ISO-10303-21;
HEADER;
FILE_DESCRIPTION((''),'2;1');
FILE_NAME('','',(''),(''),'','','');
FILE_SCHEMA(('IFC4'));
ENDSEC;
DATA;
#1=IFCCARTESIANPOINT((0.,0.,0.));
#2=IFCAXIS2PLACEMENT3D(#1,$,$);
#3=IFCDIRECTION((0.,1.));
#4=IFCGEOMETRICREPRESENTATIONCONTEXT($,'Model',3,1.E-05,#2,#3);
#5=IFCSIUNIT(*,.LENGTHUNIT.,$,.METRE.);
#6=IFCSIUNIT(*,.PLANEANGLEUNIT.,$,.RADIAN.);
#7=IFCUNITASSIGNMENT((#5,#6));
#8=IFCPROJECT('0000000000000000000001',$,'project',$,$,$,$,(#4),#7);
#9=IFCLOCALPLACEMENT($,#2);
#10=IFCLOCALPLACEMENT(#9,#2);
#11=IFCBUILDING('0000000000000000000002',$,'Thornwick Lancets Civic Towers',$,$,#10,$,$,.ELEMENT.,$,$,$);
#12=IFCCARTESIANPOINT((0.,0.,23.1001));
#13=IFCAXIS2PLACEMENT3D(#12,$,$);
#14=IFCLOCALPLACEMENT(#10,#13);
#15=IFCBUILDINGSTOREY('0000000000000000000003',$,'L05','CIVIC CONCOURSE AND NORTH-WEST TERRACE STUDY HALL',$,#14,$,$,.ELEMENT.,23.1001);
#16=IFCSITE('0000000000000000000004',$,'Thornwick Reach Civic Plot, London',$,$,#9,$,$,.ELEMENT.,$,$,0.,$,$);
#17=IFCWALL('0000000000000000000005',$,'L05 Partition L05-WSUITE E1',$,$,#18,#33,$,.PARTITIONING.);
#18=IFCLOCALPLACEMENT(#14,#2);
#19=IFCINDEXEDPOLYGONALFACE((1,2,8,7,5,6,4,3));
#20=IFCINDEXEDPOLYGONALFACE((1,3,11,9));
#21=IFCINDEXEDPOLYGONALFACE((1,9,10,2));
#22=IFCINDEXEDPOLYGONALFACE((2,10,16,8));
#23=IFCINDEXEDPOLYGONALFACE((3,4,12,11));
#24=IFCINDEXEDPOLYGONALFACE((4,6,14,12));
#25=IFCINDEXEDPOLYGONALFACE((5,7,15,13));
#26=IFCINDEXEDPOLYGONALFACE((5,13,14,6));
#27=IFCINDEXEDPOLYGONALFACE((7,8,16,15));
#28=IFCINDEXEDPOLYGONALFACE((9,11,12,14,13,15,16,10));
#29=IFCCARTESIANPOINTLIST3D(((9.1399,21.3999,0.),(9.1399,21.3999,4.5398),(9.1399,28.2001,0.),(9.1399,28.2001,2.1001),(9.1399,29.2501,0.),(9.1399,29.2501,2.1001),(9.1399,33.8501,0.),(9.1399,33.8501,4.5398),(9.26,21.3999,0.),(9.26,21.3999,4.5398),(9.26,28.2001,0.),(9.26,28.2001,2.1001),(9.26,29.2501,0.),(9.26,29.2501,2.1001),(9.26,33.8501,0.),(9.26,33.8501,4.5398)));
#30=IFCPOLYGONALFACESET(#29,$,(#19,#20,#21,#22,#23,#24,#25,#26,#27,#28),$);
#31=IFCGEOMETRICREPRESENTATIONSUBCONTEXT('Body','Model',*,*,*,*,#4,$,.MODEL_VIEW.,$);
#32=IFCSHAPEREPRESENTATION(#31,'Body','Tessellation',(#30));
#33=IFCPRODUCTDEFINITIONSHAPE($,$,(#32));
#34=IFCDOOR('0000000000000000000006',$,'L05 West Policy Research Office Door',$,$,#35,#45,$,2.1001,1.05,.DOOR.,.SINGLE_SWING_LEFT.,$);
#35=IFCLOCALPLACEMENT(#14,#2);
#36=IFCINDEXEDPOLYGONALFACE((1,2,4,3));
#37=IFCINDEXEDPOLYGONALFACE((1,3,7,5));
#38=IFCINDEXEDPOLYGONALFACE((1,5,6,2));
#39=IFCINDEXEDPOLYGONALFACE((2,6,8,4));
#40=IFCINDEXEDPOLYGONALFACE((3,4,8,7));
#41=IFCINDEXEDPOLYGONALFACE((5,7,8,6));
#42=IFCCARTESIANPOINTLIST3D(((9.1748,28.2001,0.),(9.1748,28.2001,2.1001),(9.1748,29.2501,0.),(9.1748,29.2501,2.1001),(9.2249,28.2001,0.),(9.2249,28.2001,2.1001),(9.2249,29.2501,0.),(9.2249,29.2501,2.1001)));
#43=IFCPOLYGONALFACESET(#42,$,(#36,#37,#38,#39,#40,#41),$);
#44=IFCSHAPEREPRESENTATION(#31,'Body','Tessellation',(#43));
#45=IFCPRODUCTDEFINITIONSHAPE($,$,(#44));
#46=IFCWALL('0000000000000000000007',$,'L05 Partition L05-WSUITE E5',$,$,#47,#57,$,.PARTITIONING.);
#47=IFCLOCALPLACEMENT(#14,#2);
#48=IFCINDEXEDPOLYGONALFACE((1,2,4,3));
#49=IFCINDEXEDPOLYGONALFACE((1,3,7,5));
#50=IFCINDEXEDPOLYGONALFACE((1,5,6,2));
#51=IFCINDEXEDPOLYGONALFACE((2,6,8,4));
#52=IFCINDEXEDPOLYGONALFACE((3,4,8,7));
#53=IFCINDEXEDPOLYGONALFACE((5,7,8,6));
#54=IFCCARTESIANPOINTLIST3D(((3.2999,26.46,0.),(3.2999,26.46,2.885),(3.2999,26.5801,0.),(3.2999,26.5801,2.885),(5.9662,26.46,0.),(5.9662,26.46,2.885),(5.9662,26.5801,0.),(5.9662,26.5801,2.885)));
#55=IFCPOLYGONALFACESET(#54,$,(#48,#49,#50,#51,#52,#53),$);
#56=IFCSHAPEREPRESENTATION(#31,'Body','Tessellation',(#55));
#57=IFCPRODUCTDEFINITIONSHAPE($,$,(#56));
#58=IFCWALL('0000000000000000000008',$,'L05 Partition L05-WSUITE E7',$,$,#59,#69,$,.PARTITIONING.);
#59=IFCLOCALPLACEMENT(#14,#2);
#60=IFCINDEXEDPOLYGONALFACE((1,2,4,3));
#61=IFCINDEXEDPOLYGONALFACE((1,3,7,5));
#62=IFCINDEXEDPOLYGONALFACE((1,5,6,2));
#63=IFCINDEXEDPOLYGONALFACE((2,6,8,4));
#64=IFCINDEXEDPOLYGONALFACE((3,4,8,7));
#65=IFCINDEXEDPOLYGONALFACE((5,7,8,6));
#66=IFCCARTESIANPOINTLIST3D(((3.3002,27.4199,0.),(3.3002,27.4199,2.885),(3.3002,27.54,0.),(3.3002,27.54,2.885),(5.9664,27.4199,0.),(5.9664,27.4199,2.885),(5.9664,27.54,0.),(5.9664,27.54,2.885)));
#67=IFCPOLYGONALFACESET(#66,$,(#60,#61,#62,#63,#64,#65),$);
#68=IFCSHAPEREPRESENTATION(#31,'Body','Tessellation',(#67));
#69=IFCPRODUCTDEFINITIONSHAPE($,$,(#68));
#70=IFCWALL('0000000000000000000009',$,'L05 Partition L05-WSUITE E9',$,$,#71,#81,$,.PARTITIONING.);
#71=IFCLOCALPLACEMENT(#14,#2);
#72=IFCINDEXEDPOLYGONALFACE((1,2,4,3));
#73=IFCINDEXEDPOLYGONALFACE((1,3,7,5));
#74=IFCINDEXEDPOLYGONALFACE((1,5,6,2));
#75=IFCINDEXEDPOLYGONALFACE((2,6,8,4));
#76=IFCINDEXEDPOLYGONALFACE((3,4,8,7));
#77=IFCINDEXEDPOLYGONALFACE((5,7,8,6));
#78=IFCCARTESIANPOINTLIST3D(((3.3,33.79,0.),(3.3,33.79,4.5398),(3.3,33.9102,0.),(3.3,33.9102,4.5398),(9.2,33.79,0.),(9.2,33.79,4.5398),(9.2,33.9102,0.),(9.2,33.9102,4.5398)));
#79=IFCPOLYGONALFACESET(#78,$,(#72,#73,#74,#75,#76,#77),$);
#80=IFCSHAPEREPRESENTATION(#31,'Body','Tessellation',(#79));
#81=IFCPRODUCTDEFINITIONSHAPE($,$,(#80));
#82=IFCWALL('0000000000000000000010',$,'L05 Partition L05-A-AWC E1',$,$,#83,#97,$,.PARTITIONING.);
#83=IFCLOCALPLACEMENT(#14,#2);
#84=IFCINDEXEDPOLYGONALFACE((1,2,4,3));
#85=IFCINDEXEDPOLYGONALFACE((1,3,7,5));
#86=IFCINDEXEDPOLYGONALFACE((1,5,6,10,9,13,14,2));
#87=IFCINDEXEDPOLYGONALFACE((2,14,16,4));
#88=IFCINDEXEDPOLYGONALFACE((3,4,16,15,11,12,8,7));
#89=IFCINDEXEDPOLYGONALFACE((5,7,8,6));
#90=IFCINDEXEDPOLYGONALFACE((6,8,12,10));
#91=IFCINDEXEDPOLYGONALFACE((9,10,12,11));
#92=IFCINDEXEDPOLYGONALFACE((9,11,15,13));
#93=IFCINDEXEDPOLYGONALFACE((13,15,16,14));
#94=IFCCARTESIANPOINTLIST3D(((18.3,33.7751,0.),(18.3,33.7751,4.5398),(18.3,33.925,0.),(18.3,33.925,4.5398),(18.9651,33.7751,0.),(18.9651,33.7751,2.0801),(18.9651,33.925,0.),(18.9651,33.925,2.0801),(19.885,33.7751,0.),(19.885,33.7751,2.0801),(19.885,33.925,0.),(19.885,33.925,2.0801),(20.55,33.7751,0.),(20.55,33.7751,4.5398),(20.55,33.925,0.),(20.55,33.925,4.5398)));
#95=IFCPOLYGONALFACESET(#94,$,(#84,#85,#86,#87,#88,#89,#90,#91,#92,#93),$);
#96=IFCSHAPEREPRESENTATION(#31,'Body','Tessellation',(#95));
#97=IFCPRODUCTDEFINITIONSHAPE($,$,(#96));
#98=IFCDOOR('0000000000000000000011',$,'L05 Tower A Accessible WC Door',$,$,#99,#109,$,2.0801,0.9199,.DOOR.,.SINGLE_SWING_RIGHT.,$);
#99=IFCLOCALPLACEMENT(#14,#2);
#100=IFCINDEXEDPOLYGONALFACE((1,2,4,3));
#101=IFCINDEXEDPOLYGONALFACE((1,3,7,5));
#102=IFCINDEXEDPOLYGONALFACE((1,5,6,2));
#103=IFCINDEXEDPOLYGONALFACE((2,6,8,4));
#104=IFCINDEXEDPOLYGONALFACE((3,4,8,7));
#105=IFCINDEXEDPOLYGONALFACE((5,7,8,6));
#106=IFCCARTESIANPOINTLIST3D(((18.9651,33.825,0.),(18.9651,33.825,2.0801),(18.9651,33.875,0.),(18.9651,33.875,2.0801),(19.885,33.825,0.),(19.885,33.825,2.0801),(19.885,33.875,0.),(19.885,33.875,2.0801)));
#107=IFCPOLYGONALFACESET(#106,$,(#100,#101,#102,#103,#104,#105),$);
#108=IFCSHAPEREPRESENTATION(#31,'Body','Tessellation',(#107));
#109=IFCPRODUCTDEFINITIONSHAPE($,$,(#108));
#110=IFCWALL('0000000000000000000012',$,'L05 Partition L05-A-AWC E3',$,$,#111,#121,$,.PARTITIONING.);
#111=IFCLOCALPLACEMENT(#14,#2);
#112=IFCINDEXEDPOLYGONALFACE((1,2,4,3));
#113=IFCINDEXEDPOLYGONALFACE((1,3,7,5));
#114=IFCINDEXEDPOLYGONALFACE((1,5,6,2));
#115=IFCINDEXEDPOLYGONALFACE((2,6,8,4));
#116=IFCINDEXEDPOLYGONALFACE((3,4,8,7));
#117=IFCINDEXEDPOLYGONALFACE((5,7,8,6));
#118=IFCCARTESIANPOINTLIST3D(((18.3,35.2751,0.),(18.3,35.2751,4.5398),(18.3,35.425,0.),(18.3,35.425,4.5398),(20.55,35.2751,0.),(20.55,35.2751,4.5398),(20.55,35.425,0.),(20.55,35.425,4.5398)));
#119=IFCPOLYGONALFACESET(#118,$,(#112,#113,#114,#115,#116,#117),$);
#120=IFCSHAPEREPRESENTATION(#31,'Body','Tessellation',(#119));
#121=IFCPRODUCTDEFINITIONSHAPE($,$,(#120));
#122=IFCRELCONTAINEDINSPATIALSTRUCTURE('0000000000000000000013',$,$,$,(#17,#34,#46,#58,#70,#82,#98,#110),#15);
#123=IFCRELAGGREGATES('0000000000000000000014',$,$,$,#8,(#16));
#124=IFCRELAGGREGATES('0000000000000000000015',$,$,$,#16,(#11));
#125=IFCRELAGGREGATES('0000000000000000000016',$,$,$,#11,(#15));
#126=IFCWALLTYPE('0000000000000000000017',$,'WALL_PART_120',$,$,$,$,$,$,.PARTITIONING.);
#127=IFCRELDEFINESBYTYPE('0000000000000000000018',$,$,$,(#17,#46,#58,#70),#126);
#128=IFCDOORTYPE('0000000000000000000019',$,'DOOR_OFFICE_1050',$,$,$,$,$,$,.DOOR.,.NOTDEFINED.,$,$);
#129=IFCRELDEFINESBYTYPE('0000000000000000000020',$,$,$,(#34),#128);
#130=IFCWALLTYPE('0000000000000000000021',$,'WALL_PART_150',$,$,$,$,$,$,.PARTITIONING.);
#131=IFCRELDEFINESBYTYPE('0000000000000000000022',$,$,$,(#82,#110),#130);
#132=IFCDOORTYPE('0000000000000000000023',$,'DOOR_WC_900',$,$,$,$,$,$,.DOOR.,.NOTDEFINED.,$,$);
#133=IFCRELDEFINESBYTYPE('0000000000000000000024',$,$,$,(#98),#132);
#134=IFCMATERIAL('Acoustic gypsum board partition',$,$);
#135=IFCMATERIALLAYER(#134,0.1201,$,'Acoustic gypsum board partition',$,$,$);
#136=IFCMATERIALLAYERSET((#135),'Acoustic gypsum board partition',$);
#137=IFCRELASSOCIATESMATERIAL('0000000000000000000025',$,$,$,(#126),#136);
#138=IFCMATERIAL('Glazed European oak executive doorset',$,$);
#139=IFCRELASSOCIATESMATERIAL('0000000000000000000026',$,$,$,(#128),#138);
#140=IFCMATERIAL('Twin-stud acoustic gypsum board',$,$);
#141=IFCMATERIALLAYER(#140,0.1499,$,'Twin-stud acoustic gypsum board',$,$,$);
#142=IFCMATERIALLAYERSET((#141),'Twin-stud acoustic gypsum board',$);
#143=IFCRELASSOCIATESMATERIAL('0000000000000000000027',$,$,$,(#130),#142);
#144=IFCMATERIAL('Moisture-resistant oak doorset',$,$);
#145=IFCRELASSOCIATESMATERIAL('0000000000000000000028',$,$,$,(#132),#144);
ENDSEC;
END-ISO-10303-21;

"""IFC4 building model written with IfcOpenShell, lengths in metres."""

from ifc_helpers import new_model, si_unit, direction, frame, frame_2d, origin, place, context, subcontext, project, spatial, rectangle, extrude, material, layer, layer_set, type_object, element, fill, save


model = new_model("IFC4")

# Units and contexts
model_context = context("Model", 3, precision=1e-05, world=origin(), true_north=direction((0.0, 1.0)))
body_context = subcontext(model_context, "Body", "Model", "MODEL_VIEW")
ifc_project = project(units=[si_unit("LENGTHUNIT", "METRE"), si_unit("PLANEANGLEUNIT", "RADIAN")], contexts=[model_context])

# Site, building, storey
site_placement = place(None, origin())
site = spatial("IfcSite", under=ifc_project, at=site_placement, Name="Thornwick Reach Civic Plot, London", CompositionType="ELEMENT", RefElevation=0.0)
building_placement = place(site_placement, origin())
building = spatial("IfcBuilding", under=site, at=building_placement, Name="Thornwick Lancets Civic Towers", CompositionType="ELEMENT")
storey_placement = place(building_placement, frame((0.0, 0.0, 23.1001)))
storey = spatial("IfcBuildingStorey", under=building, at=storey_placement, Name="L05", Description="CIVIC CONCOURSE AND NORTH-WEST TERRACE STUDY HALL", CompositionType="ELEMENT", Elevation=23.1001)

# Wall, opening, door
ifc_material_1 = material(Name="Acoustic gypsum board partition")
ifc_layer_1 = layer(ifc_material_1, 0.1201, Name="Acoustic gypsum board partition")
ifc_layer_set_1 = layer_set([ifc_layer_1], Name="Acoustic gypsum board partition")
wall_type_1 = type_object("IfcWallType", Name="WALL_PART_120", PredefinedType="PARTITIONING", material=ifc_layer_set_1)
wall_1_placement = place(storey_placement, frame((9.2, 33.8501, 0.0), z_axis=(0.0, 0.0, 1.0), x_axis=(0.0, -1.0, 0.0)))
wall_1 = element("IfcWall", 1, at=wall_1_placement, inside=storey, type_object=wall_type_1, Name="L05 Partition L05-WSUITE E1", PredefinedType="PARTITIONING", context=body_context, shape_type="SweptSolid", body=[
    extrude(rectangle(XDim=12.4502, YDim=0.1201, at=frame_2d((6.2251, 0.0))), origin(), (0.0, 0.0, 1.0), 4.5398),
])
opening_1_placement = place(wall_1_placement, frame((4.6001, 0.0, 0.0)))
opening_1 = element("IfcOpeningElement", 2, at=opening_1_placement, cuts=wall_1, PredefinedType="OPENING", context=body_context, shape_type="SweptSolid", body=[
    extrude(rectangle(XDim=1.05, YDim=2.1001, at=frame_2d((0.5249, 1.05))), frame((0.0, 0.0701, 0.0), z_axis=(0.0, -1.0, 0.0), x_axis=(1.0, 0.0, 0.0)), (0.0, 0.0, 1.0), 0.1401),
])
ifc_material_2 = material(Name="Glazed European oak executive doorset")
door_type_1 = type_object("IfcDoorType", Name="DOOR_OFFICE_1050", OperationType="NOTDEFINED", PredefinedType="DOOR", material=ifc_material_2)
door_1_placement = place(opening_1_placement, origin())
door_1 = element("IfcDoor", 3, at=door_1_placement, inside=storey, type_object=door_type_1, Name="L05 West Policy Research Office Door", OperationType="SINGLE_SWING_LEFT", OverallHeight=2.1001, OverallWidth=1.05, PredefinedType="DOOR", context=body_context, shape_type="SweptSolid", body=[
    extrude(rectangle(XDim=1.05, YDim=2.1001, at=frame_2d((0.5249, 1.05))), frame((0.0, 0.0249, 0.0), z_axis=(0.0, -1.0, 0.0), x_axis=(1.0, 0.0, 0.0)), (0.0, 0.0, 1.0), 0.05),
])
fill(opening_1, door_1)

# Walls
for number, where, z_axis, x_axis, name in (
    (4, (3.3, 26.52, 0.0), (0.0, 0.0, 1.0), (1.0, 0.0, 0.0), "L05 Partition L05-WSUITE E5"),
    (5, (5.9663, 27.48, 0.0), (0.0, 0.0, 1.0), (-1.0, 0.0, 0.0), "L05 Partition L05-WSUITE E7"),
):
    element("IfcWall", number, at=place(storey_placement, frame(where, z_axis=z_axis, x_axis=x_axis)), inside=storey, type_object=wall_type_1, Name=name, PredefinedType="PARTITIONING", context=body_context, shape_type="SweptSolid", body=[
        extrude(rectangle(XDim=2.6663, YDim=0.1201, at=frame_2d((1.333, 0.0))), origin(), (0.0, 0.0, 1.0), 2.885),
    ])
wall_2_placement = place(storey_placement, frame((3.3, 33.8501, 0.0), z_axis=(0.0, 0.0, 1.0), x_axis=(1.0, 0.0, 0.0)))
element("IfcWall", 6, at=wall_2_placement, inside=storey, type_object=wall_type_1, Name="L05 Partition L05-WSUITE E9", PredefinedType="PARTITIONING", context=body_context, shape_type="SweptSolid", body=[
    extrude(rectangle(XDim=5.8999, YDim=0.1201, at=frame_2d((2.95, 0.0))), origin(), (0.0, 0.0, 1.0), 4.5398),
])

# Wall, opening, door
ifc_material_3 = material(Name="Twin-stud acoustic gypsum board")
ifc_layer_2 = layer(ifc_material_3, 0.1499, Name="Twin-stud acoustic gypsum board")
ifc_layer_set_2 = layer_set([ifc_layer_2], Name="Twin-stud acoustic gypsum board")
wall_type_2 = type_object("IfcWallType", Name="WALL_PART_150", PredefinedType="PARTITIONING", material=ifc_layer_set_2)
wall_3_placement = place(storey_placement, frame((18.3, 33.8501, 0.0), z_axis=(0.0, 0.0, 1.0), x_axis=(1.0, 0.0, 0.0)))
wall_3 = element("IfcWall", 7, at=wall_3_placement, inside=storey, type_object=wall_type_2, Name="L05 Partition L05-A-AWC E1", PredefinedType="PARTITIONING", context=body_context, shape_type="SweptSolid", body=[
    extrude(rectangle(XDim=2.25, YDim=0.1499, at=frame_2d((1.125, 0.0))), origin(), (0.0, 0.0, 1.0), 4.5398),
])
opening_2_placement = place(wall_3_placement, frame((0.665, 0.0, 0.0)))
opening_2 = element("IfcOpeningElement", 8, at=opening_2_placement, cuts=wall_3, PredefinedType="OPENING", context=body_context, shape_type="SweptSolid", body=[
    extrude(rectangle(XDim=0.9199, YDim=2.0801, at=frame_2d((0.46, 1.04))), frame((0.0, 0.085, 0.0), z_axis=(0.0, -1.0, 0.0), x_axis=(1.0, 0.0, 0.0)), (0.0, 0.0, 1.0), 0.1699),
])
ifc_material_4 = material(Name="Moisture-resistant oak doorset")
door_type_2 = type_object("IfcDoorType", Name="DOOR_WC_900", OperationType="NOTDEFINED", PredefinedType="DOOR", material=ifc_material_4)
door_2_placement = place(opening_2_placement, origin())
door_2 = element("IfcDoor", 9, at=door_2_placement, inside=storey, type_object=door_type_2, Name="L05 Tower A Accessible WC Door", OperationType="SINGLE_SWING_RIGHT", OverallHeight=2.0801, OverallWidth=0.9199, PredefinedType="DOOR", context=body_context, shape_type="SweptSolid", body=[
    extrude(rectangle(XDim=0.9199, YDim=2.0801, at=frame_2d((0.46, 1.04))), frame((0.0, 0.0249, 0.0), z_axis=(0.0, -1.0, 0.0), x_axis=(1.0, 0.0, 0.0)), (0.0, 0.0, 1.0), 0.05),
])
fill(opening_2, door_2)

# Wall
wall_4_placement = place(storey_placement, frame((20.55, 35.3501, 0.0), z_axis=(0.0, 0.0, 1.0), x_axis=(-1.0, 0.0, 0.0)))
element("IfcWall", 10, at=wall_4_placement, inside=storey, type_object=wall_type_2, Name="L05 Partition L05-A-AWC E3", PredefinedType="PARTITIONING", context=body_context, shape_type="SweptSolid", body=[
    extrude(rectangle(XDim=2.25, YDim=0.1499, at=frame_2d((1.125, 0.0))), origin(), (0.0, 0.0, 1.0), 4.5398),
])

save(model, "model.ifc")
